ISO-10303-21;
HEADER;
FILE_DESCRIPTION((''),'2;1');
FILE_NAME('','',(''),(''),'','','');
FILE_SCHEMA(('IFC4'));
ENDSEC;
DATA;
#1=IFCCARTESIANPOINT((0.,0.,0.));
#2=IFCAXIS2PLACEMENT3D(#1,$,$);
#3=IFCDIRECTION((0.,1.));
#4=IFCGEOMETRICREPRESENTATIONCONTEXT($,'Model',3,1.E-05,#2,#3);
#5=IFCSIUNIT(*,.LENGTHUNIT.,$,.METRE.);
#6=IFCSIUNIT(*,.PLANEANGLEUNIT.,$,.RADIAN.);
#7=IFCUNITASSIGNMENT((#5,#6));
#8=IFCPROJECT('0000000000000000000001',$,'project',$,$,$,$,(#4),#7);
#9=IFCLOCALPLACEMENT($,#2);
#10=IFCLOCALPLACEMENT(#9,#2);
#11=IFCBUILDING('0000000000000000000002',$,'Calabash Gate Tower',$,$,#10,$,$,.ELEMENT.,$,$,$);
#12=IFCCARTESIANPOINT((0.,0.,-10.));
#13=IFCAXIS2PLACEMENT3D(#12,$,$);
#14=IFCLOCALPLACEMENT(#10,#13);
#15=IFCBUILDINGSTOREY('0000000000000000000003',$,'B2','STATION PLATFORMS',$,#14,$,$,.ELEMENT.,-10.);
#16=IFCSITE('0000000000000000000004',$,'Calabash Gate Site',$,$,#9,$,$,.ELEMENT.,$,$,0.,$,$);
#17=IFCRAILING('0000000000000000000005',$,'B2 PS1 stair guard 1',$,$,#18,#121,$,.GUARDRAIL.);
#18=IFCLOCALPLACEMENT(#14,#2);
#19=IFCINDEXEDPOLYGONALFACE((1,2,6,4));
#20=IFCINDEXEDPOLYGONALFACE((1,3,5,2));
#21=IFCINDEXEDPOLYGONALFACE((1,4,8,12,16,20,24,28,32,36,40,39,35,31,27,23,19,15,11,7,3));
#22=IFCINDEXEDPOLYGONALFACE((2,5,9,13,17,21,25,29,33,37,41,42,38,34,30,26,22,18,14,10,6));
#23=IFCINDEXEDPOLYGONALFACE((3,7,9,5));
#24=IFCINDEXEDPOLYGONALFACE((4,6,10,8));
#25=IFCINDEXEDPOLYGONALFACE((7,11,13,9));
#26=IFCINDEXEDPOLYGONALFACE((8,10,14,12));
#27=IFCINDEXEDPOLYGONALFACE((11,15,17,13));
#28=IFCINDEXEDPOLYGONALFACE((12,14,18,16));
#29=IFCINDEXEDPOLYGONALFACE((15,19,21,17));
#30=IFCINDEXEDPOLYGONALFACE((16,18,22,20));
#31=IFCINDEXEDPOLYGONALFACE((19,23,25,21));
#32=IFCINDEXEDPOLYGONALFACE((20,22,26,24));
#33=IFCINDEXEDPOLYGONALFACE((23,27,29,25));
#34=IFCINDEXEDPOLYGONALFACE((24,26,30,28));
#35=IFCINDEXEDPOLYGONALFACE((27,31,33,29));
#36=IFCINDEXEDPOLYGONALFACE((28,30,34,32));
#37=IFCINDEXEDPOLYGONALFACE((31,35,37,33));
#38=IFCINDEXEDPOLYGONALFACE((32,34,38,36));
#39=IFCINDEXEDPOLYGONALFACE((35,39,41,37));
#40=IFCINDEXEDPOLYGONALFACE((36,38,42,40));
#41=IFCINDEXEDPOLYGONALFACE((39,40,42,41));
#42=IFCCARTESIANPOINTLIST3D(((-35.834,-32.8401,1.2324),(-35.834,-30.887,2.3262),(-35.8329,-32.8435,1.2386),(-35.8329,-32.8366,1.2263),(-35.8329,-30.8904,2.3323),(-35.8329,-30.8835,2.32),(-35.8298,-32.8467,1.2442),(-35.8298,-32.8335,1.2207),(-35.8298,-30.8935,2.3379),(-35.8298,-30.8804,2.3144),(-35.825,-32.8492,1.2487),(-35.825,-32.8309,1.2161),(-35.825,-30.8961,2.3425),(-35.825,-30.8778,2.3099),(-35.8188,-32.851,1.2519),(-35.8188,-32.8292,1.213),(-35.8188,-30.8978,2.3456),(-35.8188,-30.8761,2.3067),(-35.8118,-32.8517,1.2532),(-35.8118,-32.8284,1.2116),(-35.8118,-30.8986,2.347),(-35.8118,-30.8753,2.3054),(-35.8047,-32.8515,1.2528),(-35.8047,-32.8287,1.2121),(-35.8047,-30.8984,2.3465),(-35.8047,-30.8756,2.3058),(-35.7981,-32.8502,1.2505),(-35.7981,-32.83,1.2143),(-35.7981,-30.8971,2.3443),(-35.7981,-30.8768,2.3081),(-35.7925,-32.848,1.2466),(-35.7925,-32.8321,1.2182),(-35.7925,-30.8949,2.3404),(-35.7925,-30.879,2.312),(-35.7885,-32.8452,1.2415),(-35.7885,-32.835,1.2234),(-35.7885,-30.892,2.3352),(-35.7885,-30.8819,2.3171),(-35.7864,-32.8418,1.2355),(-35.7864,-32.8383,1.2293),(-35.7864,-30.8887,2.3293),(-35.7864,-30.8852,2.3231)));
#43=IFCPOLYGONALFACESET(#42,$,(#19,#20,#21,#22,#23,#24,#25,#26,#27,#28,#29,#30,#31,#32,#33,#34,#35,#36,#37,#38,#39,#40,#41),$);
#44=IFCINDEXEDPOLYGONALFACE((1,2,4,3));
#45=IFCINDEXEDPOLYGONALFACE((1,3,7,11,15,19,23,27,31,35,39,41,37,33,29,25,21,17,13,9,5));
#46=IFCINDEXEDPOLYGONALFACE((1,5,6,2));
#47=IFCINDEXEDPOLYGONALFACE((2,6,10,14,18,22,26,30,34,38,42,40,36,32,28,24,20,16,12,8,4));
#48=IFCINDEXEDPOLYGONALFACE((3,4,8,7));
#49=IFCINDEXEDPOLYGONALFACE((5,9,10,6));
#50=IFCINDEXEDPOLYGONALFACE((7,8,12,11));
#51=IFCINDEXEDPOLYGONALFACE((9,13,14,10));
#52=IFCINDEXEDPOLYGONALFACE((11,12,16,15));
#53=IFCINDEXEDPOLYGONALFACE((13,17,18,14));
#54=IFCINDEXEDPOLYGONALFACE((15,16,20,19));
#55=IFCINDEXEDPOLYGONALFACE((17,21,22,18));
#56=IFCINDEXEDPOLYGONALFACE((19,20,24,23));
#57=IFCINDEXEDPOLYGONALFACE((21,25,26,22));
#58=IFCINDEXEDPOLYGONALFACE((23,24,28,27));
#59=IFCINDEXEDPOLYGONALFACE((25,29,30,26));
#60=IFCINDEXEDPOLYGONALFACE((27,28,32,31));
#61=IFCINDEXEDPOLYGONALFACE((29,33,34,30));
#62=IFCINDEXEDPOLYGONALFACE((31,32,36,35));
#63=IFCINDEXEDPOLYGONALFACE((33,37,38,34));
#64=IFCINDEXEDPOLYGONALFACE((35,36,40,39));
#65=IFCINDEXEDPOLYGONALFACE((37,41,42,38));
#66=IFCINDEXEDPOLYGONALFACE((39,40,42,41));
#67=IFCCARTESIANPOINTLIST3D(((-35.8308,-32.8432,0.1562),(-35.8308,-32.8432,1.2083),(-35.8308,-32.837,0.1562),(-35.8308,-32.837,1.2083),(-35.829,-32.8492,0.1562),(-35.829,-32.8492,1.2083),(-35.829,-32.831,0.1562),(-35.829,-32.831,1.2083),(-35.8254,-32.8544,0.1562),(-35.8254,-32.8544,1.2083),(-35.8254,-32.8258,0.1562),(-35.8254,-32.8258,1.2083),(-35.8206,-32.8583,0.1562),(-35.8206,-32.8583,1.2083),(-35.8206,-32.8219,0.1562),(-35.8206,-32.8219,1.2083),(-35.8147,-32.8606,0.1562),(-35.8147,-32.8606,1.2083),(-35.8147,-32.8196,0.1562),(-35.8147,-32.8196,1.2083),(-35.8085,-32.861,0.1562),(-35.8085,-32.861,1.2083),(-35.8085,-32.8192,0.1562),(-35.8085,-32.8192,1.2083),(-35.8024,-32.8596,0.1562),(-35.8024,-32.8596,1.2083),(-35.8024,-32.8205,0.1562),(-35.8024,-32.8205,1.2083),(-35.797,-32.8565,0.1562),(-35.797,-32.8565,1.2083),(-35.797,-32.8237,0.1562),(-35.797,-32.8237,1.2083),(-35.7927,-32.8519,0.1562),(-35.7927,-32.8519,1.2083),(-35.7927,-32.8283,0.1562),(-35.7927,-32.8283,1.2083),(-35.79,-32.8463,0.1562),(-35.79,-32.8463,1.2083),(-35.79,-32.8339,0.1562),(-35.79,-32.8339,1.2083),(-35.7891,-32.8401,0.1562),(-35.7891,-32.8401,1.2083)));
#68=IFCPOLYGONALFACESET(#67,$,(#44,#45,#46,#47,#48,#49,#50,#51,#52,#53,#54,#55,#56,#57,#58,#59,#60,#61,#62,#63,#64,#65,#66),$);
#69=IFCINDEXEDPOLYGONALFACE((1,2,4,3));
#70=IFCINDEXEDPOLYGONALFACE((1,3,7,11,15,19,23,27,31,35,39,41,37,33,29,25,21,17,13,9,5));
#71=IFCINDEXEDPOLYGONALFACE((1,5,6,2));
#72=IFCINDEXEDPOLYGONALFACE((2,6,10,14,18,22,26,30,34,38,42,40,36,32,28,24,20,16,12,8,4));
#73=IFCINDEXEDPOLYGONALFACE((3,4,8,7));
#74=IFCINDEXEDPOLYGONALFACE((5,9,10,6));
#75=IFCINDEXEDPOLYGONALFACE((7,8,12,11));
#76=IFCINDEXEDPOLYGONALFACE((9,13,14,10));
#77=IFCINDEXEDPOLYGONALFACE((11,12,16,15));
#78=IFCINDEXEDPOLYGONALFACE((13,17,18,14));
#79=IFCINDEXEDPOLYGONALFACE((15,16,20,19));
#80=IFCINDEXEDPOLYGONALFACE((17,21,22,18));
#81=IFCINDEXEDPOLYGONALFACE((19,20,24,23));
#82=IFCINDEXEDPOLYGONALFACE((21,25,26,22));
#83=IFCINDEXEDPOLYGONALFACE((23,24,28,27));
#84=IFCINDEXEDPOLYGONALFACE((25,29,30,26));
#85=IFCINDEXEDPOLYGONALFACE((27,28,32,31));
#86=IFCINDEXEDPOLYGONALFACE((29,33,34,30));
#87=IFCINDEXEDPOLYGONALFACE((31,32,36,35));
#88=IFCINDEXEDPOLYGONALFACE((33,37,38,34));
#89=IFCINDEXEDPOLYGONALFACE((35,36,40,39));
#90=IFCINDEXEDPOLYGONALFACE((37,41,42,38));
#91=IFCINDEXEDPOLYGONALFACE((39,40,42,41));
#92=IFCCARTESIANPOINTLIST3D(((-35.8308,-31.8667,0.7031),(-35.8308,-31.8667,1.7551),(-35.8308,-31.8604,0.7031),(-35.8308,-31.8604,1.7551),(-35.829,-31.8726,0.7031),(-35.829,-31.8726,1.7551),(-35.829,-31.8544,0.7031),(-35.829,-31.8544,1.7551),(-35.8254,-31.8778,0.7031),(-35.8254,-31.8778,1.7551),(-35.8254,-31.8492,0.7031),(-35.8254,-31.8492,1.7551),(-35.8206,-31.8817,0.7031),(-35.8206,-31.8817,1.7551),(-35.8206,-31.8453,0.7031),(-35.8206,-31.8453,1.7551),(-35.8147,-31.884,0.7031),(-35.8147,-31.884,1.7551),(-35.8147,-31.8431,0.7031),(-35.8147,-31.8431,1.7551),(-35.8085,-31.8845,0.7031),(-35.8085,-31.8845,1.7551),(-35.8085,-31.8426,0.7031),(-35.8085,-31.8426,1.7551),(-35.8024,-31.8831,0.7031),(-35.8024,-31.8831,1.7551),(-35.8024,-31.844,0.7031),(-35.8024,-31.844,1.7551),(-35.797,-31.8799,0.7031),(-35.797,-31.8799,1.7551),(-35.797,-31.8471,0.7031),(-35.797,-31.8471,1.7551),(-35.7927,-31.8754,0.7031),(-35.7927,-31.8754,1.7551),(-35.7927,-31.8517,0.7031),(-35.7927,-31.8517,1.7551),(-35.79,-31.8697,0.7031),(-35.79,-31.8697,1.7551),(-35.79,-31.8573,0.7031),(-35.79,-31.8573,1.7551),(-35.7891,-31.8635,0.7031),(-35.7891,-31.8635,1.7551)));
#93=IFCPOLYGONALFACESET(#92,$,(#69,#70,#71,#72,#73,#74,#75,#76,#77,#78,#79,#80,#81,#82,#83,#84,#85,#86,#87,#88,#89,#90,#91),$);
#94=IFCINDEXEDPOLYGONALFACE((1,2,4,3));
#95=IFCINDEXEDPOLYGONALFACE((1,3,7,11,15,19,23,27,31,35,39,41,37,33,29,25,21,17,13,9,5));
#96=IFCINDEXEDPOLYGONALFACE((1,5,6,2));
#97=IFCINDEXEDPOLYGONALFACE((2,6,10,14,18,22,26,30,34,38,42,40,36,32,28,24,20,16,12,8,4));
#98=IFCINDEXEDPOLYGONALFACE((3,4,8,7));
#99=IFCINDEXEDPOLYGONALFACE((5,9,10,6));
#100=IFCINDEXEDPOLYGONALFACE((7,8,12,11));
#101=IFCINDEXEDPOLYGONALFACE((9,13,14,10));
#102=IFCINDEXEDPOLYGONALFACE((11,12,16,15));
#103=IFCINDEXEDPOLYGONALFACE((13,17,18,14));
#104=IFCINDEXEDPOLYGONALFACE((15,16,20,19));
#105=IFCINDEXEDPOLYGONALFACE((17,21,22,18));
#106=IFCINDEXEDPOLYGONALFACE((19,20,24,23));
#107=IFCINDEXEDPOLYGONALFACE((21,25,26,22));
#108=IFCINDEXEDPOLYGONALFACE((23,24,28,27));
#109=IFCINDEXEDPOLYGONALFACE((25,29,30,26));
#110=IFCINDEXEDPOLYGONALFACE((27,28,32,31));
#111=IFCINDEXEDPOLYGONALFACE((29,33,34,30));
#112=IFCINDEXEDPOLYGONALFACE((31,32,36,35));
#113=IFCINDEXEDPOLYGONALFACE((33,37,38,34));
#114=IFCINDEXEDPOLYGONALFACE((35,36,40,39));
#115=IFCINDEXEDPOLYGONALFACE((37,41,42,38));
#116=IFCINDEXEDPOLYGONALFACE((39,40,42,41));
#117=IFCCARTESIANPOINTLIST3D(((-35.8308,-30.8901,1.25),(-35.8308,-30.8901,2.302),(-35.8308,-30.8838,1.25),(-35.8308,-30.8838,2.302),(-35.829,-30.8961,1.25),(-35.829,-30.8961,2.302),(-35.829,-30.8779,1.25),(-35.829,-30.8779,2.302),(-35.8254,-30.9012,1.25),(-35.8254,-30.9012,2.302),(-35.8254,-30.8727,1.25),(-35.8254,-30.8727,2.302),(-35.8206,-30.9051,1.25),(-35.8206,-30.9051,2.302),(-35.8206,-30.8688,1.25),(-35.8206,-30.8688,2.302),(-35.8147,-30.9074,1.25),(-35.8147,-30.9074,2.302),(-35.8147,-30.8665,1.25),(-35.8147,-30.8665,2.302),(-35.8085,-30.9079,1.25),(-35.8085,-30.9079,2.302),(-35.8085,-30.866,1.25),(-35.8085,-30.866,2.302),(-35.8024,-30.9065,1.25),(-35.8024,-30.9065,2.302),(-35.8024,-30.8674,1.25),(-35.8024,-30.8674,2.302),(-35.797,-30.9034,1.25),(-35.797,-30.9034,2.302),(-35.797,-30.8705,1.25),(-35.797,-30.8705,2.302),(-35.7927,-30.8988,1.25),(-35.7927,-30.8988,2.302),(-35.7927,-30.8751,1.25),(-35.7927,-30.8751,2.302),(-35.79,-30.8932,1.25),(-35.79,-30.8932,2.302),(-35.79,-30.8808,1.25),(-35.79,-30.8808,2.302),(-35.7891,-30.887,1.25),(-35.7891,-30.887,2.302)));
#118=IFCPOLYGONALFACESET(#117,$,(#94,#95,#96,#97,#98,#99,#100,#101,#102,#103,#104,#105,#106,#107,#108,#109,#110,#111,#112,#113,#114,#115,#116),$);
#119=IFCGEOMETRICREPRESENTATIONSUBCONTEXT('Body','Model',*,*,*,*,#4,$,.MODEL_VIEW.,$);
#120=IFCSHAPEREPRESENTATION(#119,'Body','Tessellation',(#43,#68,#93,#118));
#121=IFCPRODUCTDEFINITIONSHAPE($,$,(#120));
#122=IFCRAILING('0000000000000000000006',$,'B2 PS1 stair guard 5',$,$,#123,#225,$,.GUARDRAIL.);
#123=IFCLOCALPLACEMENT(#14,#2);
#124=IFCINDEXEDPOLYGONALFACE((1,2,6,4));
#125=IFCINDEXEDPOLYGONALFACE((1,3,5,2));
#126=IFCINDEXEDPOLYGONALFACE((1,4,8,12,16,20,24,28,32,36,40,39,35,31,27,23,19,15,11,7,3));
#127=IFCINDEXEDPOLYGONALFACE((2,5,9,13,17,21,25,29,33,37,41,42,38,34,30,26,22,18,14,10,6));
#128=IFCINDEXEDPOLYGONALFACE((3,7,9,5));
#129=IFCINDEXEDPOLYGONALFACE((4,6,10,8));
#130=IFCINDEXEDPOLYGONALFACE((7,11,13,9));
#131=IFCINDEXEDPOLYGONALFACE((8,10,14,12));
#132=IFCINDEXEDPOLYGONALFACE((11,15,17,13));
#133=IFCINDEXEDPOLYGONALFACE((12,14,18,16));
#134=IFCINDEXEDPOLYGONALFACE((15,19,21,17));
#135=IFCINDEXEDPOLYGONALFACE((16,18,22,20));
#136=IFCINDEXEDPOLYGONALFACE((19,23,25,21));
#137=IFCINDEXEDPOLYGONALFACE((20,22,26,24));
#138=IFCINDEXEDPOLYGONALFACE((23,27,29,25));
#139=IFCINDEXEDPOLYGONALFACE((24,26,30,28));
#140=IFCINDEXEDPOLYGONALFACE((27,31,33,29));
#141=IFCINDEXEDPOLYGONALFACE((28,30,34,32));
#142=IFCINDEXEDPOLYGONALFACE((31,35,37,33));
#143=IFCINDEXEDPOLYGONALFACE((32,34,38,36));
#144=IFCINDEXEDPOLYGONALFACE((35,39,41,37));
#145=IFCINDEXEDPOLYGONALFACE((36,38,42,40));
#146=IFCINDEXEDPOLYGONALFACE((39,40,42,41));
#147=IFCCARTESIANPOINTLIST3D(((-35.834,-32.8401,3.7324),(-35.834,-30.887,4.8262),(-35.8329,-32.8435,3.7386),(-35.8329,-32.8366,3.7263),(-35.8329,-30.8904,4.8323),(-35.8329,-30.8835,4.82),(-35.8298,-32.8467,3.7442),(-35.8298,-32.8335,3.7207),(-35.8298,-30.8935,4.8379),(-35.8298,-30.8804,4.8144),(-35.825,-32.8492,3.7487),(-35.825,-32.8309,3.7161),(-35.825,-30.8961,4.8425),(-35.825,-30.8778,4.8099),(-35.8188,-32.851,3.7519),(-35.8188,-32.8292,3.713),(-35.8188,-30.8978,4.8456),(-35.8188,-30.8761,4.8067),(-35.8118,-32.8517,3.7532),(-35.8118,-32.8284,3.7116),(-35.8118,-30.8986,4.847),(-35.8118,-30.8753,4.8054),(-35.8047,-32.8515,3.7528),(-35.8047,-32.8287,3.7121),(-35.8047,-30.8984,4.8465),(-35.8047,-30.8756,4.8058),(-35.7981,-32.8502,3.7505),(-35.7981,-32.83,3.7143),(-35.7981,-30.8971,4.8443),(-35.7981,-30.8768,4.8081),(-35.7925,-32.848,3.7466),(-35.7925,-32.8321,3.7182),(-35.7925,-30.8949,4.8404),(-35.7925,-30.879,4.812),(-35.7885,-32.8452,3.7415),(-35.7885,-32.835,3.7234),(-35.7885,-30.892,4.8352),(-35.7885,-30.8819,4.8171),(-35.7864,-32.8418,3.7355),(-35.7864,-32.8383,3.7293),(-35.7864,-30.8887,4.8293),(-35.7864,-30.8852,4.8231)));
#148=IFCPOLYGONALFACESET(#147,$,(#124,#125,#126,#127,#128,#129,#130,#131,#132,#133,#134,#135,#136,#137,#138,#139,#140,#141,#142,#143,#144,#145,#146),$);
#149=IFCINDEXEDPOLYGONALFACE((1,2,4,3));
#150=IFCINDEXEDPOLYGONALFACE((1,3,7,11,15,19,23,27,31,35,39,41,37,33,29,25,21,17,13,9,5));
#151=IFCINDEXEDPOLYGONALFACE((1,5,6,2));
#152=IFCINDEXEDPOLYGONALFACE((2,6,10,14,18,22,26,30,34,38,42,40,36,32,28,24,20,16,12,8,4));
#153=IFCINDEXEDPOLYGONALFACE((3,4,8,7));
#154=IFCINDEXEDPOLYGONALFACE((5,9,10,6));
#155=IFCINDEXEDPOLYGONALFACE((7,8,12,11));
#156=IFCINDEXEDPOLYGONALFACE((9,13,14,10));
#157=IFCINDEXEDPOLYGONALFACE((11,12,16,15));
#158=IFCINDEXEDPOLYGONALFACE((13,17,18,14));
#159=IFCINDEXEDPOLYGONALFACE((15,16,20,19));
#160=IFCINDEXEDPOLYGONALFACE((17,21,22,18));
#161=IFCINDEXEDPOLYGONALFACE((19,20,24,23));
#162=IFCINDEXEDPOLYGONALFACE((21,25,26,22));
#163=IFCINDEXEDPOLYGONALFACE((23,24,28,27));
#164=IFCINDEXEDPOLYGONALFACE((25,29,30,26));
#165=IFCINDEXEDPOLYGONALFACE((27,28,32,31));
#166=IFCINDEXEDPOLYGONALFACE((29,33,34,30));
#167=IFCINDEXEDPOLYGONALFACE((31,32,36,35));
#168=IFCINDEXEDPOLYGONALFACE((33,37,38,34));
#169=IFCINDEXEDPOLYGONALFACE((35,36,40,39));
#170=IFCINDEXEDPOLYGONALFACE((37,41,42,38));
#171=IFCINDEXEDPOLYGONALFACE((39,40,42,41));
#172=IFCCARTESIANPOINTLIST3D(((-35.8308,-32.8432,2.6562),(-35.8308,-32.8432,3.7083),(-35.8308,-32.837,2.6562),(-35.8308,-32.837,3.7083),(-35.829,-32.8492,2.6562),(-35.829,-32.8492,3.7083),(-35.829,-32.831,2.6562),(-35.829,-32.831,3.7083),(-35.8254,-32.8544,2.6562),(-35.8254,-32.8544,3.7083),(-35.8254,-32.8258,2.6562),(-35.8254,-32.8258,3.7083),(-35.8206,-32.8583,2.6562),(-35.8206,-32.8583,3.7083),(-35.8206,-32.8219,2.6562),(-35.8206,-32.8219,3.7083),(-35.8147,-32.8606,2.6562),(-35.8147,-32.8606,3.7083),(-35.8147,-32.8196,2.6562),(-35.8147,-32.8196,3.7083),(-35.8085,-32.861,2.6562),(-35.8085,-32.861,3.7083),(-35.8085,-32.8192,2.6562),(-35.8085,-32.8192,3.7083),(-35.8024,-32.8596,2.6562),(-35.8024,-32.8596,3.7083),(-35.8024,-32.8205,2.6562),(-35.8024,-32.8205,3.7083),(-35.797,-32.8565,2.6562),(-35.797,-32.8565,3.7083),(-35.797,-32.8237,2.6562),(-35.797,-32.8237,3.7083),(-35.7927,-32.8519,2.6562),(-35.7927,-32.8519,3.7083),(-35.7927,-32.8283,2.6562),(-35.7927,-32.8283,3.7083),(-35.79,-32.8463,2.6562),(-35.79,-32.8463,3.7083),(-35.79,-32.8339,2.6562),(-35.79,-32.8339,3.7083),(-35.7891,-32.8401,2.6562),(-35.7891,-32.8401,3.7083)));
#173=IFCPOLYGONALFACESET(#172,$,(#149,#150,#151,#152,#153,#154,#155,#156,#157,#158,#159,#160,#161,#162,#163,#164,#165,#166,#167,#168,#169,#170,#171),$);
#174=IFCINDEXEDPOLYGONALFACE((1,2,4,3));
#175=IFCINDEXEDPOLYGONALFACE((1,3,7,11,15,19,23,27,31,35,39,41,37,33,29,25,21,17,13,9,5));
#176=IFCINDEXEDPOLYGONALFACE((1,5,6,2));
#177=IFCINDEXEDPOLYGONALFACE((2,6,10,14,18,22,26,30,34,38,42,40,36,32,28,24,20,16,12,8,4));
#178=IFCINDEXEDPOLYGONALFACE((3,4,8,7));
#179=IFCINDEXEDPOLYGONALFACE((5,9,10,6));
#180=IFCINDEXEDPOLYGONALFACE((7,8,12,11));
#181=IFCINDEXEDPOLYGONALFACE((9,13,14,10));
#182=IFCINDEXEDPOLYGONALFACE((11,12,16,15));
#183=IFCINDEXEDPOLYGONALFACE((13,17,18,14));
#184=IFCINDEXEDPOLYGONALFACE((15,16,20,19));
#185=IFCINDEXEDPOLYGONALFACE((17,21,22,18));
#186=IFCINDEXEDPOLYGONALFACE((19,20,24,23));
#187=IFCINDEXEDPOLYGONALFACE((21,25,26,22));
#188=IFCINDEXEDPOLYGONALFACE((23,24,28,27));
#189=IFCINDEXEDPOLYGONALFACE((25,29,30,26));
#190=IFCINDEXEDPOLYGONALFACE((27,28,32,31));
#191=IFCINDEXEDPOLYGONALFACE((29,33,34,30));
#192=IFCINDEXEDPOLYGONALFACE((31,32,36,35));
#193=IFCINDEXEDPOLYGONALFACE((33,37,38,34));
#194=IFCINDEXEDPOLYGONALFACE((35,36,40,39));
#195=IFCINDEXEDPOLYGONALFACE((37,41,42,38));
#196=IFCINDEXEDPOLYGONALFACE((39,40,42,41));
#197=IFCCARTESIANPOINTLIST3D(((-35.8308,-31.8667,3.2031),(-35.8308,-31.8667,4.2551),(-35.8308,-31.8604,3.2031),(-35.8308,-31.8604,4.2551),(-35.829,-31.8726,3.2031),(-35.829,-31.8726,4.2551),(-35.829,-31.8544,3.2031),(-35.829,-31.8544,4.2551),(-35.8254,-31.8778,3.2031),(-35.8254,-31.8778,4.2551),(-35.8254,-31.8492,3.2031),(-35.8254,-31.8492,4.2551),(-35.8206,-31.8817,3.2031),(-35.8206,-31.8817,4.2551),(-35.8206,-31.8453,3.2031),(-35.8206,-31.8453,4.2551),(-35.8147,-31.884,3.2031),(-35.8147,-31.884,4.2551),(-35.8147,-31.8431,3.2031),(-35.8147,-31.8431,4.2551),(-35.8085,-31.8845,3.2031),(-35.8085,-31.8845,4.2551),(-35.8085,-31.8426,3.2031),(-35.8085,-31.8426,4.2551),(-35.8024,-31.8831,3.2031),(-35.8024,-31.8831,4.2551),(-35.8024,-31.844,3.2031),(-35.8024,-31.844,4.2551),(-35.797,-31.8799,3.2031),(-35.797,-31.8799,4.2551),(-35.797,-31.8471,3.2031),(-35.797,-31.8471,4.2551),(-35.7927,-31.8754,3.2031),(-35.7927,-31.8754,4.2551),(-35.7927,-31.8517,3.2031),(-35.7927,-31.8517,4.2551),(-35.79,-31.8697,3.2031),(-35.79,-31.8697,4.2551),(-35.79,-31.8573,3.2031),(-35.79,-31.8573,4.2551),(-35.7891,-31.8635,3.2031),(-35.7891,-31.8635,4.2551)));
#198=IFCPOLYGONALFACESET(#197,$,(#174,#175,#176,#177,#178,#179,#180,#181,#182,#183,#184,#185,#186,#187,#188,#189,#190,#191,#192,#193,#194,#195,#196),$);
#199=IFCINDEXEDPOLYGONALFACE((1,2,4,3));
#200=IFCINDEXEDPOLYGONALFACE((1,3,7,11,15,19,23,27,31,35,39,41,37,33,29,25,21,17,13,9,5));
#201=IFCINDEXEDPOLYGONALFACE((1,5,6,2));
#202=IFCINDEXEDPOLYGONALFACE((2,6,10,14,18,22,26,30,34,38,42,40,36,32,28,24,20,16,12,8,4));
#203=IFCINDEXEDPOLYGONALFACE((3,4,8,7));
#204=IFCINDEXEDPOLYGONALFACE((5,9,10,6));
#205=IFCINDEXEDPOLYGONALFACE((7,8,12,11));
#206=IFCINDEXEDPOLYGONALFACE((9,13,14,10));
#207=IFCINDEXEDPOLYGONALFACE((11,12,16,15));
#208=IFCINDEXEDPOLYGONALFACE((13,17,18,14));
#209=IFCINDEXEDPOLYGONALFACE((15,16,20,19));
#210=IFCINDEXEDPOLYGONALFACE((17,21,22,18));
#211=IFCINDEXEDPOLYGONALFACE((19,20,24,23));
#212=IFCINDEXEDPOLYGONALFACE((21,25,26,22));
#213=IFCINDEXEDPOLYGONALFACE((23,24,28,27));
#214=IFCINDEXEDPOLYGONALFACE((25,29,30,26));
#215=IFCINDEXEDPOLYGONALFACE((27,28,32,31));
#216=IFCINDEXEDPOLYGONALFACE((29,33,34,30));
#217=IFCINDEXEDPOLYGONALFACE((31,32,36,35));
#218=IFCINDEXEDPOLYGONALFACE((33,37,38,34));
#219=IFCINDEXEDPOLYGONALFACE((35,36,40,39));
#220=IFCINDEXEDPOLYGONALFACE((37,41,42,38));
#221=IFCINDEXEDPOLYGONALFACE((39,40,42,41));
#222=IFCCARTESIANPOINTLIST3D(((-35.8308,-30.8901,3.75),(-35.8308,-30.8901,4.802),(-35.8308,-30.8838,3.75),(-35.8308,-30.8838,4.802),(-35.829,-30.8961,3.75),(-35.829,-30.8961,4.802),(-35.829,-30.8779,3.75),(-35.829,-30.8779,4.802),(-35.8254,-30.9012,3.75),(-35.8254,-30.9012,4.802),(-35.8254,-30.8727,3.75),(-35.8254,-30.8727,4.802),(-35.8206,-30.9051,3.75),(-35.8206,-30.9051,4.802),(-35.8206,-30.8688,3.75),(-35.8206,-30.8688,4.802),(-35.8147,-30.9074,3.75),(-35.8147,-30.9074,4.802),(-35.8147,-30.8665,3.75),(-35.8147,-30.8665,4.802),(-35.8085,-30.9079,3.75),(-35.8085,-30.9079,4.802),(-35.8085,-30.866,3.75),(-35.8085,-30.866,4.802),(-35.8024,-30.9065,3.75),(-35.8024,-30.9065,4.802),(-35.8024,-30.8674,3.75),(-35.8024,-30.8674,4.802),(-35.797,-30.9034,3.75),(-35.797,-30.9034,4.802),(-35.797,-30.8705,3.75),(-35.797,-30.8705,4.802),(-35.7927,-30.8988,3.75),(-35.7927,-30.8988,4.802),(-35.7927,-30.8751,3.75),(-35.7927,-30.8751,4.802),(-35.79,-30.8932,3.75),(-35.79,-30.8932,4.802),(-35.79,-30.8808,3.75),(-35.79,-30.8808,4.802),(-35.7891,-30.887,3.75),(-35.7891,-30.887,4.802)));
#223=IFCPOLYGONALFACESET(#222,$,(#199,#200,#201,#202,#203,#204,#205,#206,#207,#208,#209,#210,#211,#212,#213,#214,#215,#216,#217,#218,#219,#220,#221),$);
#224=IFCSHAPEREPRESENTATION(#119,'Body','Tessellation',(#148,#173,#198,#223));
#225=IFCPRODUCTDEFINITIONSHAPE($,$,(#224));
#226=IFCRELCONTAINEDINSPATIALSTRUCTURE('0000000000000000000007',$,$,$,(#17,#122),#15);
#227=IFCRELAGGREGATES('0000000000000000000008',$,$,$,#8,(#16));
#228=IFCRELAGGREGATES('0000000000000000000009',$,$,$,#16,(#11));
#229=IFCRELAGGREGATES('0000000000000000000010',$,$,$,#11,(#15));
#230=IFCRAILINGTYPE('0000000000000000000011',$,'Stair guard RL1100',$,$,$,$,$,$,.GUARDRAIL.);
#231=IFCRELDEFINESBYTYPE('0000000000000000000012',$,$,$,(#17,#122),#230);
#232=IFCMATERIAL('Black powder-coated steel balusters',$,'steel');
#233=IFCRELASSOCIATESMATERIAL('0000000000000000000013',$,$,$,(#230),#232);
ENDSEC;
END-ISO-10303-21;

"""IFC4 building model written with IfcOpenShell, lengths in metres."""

from ifc_helpers import new_model, si_unit, direction, frame, origin, origin_2d, place, context, subcontext, project, spatial, circle, extrude, material, type_object, element, save


model = new_model("IFC4")

# Units and contexts
model_context = context("Model", 3, precision=1e-05, world=origin(), true_north=direction((0.0, 1.0)))
body_context = subcontext(model_context, "Body", "Model", "MODEL_VIEW")
ifc_project = project(units=[si_unit("LENGTHUNIT", "METRE"), si_unit("PLANEANGLEUNIT", "RADIAN")], contexts=[model_context])

# Site, building, storey
site_placement = place(None, origin())
site = spatial("IfcSite", under=ifc_project, at=site_placement, Name="Calabash Gate Site", CompositionType="ELEMENT", RefElevation=0.0)
building_placement = place(site_placement, origin())
building = spatial("IfcBuilding", under=site, at=building_placement, Name="Calabash Gate Tower", CompositionType="ELEMENT")
storey_placement = place(building_placement, frame((0.0, 0.0, -10.0)))
storey = spatial("IfcBuildingStorey", under=building, at=storey_placement, Name="B2", Description="STATION PLATFORMS", CompositionType="ELEMENT", Elevation=-10.0)

# Railings
ifc_material_1 = material(Name="Black powder-coated steel balusters", Category="steel")
railing_type_1 = type_object("IfcRailingType", Name="Stair guard RL1100", PredefinedType="GUARDRAIL", material=ifc_material_1)
for number, where, name in (
    (1, (-35.8101, -32.8401, 0.1562), "B2 PS1 stair guard 1"),
    (2, (-35.8101, -32.8401, 2.6562), "B2 PS1 stair guard 5"),
):
    element("IfcRailing", number, at=place(storey_placement, frame(where)), inside=storey, type_object=railing_type_1, Name=name, PredefinedType="GUARDRAIL", context=body_context, shape_type="SweptSolid", body=[
        extrude(circle(Radius=0.0239, at=origin_2d()), frame((0.0, 0.0, 1.0762), z_axis=(0.0, 0.872506, 0.488603), x_axis=(-1.0, 0.0, 0.0)), (0.0, 0.0, 1.0), 2.2385),
        extrude(circle(Radius=0.021, at=origin_2d()), origin(), (0.0, 0.0, 1.0), 1.052),
        extrude(circle(Radius=0.021, at=origin_2d()), frame((0.0, 0.9766, 0.5469)), (0.0, 0.0, 1.0), 1.052),
        extrude(circle(Radius=0.021, at=origin_2d()), frame((0.0, 1.9531, 1.0938)), (0.0, 0.0, 1.0), 1.052),
    ])

save(model, "model.ifc")
